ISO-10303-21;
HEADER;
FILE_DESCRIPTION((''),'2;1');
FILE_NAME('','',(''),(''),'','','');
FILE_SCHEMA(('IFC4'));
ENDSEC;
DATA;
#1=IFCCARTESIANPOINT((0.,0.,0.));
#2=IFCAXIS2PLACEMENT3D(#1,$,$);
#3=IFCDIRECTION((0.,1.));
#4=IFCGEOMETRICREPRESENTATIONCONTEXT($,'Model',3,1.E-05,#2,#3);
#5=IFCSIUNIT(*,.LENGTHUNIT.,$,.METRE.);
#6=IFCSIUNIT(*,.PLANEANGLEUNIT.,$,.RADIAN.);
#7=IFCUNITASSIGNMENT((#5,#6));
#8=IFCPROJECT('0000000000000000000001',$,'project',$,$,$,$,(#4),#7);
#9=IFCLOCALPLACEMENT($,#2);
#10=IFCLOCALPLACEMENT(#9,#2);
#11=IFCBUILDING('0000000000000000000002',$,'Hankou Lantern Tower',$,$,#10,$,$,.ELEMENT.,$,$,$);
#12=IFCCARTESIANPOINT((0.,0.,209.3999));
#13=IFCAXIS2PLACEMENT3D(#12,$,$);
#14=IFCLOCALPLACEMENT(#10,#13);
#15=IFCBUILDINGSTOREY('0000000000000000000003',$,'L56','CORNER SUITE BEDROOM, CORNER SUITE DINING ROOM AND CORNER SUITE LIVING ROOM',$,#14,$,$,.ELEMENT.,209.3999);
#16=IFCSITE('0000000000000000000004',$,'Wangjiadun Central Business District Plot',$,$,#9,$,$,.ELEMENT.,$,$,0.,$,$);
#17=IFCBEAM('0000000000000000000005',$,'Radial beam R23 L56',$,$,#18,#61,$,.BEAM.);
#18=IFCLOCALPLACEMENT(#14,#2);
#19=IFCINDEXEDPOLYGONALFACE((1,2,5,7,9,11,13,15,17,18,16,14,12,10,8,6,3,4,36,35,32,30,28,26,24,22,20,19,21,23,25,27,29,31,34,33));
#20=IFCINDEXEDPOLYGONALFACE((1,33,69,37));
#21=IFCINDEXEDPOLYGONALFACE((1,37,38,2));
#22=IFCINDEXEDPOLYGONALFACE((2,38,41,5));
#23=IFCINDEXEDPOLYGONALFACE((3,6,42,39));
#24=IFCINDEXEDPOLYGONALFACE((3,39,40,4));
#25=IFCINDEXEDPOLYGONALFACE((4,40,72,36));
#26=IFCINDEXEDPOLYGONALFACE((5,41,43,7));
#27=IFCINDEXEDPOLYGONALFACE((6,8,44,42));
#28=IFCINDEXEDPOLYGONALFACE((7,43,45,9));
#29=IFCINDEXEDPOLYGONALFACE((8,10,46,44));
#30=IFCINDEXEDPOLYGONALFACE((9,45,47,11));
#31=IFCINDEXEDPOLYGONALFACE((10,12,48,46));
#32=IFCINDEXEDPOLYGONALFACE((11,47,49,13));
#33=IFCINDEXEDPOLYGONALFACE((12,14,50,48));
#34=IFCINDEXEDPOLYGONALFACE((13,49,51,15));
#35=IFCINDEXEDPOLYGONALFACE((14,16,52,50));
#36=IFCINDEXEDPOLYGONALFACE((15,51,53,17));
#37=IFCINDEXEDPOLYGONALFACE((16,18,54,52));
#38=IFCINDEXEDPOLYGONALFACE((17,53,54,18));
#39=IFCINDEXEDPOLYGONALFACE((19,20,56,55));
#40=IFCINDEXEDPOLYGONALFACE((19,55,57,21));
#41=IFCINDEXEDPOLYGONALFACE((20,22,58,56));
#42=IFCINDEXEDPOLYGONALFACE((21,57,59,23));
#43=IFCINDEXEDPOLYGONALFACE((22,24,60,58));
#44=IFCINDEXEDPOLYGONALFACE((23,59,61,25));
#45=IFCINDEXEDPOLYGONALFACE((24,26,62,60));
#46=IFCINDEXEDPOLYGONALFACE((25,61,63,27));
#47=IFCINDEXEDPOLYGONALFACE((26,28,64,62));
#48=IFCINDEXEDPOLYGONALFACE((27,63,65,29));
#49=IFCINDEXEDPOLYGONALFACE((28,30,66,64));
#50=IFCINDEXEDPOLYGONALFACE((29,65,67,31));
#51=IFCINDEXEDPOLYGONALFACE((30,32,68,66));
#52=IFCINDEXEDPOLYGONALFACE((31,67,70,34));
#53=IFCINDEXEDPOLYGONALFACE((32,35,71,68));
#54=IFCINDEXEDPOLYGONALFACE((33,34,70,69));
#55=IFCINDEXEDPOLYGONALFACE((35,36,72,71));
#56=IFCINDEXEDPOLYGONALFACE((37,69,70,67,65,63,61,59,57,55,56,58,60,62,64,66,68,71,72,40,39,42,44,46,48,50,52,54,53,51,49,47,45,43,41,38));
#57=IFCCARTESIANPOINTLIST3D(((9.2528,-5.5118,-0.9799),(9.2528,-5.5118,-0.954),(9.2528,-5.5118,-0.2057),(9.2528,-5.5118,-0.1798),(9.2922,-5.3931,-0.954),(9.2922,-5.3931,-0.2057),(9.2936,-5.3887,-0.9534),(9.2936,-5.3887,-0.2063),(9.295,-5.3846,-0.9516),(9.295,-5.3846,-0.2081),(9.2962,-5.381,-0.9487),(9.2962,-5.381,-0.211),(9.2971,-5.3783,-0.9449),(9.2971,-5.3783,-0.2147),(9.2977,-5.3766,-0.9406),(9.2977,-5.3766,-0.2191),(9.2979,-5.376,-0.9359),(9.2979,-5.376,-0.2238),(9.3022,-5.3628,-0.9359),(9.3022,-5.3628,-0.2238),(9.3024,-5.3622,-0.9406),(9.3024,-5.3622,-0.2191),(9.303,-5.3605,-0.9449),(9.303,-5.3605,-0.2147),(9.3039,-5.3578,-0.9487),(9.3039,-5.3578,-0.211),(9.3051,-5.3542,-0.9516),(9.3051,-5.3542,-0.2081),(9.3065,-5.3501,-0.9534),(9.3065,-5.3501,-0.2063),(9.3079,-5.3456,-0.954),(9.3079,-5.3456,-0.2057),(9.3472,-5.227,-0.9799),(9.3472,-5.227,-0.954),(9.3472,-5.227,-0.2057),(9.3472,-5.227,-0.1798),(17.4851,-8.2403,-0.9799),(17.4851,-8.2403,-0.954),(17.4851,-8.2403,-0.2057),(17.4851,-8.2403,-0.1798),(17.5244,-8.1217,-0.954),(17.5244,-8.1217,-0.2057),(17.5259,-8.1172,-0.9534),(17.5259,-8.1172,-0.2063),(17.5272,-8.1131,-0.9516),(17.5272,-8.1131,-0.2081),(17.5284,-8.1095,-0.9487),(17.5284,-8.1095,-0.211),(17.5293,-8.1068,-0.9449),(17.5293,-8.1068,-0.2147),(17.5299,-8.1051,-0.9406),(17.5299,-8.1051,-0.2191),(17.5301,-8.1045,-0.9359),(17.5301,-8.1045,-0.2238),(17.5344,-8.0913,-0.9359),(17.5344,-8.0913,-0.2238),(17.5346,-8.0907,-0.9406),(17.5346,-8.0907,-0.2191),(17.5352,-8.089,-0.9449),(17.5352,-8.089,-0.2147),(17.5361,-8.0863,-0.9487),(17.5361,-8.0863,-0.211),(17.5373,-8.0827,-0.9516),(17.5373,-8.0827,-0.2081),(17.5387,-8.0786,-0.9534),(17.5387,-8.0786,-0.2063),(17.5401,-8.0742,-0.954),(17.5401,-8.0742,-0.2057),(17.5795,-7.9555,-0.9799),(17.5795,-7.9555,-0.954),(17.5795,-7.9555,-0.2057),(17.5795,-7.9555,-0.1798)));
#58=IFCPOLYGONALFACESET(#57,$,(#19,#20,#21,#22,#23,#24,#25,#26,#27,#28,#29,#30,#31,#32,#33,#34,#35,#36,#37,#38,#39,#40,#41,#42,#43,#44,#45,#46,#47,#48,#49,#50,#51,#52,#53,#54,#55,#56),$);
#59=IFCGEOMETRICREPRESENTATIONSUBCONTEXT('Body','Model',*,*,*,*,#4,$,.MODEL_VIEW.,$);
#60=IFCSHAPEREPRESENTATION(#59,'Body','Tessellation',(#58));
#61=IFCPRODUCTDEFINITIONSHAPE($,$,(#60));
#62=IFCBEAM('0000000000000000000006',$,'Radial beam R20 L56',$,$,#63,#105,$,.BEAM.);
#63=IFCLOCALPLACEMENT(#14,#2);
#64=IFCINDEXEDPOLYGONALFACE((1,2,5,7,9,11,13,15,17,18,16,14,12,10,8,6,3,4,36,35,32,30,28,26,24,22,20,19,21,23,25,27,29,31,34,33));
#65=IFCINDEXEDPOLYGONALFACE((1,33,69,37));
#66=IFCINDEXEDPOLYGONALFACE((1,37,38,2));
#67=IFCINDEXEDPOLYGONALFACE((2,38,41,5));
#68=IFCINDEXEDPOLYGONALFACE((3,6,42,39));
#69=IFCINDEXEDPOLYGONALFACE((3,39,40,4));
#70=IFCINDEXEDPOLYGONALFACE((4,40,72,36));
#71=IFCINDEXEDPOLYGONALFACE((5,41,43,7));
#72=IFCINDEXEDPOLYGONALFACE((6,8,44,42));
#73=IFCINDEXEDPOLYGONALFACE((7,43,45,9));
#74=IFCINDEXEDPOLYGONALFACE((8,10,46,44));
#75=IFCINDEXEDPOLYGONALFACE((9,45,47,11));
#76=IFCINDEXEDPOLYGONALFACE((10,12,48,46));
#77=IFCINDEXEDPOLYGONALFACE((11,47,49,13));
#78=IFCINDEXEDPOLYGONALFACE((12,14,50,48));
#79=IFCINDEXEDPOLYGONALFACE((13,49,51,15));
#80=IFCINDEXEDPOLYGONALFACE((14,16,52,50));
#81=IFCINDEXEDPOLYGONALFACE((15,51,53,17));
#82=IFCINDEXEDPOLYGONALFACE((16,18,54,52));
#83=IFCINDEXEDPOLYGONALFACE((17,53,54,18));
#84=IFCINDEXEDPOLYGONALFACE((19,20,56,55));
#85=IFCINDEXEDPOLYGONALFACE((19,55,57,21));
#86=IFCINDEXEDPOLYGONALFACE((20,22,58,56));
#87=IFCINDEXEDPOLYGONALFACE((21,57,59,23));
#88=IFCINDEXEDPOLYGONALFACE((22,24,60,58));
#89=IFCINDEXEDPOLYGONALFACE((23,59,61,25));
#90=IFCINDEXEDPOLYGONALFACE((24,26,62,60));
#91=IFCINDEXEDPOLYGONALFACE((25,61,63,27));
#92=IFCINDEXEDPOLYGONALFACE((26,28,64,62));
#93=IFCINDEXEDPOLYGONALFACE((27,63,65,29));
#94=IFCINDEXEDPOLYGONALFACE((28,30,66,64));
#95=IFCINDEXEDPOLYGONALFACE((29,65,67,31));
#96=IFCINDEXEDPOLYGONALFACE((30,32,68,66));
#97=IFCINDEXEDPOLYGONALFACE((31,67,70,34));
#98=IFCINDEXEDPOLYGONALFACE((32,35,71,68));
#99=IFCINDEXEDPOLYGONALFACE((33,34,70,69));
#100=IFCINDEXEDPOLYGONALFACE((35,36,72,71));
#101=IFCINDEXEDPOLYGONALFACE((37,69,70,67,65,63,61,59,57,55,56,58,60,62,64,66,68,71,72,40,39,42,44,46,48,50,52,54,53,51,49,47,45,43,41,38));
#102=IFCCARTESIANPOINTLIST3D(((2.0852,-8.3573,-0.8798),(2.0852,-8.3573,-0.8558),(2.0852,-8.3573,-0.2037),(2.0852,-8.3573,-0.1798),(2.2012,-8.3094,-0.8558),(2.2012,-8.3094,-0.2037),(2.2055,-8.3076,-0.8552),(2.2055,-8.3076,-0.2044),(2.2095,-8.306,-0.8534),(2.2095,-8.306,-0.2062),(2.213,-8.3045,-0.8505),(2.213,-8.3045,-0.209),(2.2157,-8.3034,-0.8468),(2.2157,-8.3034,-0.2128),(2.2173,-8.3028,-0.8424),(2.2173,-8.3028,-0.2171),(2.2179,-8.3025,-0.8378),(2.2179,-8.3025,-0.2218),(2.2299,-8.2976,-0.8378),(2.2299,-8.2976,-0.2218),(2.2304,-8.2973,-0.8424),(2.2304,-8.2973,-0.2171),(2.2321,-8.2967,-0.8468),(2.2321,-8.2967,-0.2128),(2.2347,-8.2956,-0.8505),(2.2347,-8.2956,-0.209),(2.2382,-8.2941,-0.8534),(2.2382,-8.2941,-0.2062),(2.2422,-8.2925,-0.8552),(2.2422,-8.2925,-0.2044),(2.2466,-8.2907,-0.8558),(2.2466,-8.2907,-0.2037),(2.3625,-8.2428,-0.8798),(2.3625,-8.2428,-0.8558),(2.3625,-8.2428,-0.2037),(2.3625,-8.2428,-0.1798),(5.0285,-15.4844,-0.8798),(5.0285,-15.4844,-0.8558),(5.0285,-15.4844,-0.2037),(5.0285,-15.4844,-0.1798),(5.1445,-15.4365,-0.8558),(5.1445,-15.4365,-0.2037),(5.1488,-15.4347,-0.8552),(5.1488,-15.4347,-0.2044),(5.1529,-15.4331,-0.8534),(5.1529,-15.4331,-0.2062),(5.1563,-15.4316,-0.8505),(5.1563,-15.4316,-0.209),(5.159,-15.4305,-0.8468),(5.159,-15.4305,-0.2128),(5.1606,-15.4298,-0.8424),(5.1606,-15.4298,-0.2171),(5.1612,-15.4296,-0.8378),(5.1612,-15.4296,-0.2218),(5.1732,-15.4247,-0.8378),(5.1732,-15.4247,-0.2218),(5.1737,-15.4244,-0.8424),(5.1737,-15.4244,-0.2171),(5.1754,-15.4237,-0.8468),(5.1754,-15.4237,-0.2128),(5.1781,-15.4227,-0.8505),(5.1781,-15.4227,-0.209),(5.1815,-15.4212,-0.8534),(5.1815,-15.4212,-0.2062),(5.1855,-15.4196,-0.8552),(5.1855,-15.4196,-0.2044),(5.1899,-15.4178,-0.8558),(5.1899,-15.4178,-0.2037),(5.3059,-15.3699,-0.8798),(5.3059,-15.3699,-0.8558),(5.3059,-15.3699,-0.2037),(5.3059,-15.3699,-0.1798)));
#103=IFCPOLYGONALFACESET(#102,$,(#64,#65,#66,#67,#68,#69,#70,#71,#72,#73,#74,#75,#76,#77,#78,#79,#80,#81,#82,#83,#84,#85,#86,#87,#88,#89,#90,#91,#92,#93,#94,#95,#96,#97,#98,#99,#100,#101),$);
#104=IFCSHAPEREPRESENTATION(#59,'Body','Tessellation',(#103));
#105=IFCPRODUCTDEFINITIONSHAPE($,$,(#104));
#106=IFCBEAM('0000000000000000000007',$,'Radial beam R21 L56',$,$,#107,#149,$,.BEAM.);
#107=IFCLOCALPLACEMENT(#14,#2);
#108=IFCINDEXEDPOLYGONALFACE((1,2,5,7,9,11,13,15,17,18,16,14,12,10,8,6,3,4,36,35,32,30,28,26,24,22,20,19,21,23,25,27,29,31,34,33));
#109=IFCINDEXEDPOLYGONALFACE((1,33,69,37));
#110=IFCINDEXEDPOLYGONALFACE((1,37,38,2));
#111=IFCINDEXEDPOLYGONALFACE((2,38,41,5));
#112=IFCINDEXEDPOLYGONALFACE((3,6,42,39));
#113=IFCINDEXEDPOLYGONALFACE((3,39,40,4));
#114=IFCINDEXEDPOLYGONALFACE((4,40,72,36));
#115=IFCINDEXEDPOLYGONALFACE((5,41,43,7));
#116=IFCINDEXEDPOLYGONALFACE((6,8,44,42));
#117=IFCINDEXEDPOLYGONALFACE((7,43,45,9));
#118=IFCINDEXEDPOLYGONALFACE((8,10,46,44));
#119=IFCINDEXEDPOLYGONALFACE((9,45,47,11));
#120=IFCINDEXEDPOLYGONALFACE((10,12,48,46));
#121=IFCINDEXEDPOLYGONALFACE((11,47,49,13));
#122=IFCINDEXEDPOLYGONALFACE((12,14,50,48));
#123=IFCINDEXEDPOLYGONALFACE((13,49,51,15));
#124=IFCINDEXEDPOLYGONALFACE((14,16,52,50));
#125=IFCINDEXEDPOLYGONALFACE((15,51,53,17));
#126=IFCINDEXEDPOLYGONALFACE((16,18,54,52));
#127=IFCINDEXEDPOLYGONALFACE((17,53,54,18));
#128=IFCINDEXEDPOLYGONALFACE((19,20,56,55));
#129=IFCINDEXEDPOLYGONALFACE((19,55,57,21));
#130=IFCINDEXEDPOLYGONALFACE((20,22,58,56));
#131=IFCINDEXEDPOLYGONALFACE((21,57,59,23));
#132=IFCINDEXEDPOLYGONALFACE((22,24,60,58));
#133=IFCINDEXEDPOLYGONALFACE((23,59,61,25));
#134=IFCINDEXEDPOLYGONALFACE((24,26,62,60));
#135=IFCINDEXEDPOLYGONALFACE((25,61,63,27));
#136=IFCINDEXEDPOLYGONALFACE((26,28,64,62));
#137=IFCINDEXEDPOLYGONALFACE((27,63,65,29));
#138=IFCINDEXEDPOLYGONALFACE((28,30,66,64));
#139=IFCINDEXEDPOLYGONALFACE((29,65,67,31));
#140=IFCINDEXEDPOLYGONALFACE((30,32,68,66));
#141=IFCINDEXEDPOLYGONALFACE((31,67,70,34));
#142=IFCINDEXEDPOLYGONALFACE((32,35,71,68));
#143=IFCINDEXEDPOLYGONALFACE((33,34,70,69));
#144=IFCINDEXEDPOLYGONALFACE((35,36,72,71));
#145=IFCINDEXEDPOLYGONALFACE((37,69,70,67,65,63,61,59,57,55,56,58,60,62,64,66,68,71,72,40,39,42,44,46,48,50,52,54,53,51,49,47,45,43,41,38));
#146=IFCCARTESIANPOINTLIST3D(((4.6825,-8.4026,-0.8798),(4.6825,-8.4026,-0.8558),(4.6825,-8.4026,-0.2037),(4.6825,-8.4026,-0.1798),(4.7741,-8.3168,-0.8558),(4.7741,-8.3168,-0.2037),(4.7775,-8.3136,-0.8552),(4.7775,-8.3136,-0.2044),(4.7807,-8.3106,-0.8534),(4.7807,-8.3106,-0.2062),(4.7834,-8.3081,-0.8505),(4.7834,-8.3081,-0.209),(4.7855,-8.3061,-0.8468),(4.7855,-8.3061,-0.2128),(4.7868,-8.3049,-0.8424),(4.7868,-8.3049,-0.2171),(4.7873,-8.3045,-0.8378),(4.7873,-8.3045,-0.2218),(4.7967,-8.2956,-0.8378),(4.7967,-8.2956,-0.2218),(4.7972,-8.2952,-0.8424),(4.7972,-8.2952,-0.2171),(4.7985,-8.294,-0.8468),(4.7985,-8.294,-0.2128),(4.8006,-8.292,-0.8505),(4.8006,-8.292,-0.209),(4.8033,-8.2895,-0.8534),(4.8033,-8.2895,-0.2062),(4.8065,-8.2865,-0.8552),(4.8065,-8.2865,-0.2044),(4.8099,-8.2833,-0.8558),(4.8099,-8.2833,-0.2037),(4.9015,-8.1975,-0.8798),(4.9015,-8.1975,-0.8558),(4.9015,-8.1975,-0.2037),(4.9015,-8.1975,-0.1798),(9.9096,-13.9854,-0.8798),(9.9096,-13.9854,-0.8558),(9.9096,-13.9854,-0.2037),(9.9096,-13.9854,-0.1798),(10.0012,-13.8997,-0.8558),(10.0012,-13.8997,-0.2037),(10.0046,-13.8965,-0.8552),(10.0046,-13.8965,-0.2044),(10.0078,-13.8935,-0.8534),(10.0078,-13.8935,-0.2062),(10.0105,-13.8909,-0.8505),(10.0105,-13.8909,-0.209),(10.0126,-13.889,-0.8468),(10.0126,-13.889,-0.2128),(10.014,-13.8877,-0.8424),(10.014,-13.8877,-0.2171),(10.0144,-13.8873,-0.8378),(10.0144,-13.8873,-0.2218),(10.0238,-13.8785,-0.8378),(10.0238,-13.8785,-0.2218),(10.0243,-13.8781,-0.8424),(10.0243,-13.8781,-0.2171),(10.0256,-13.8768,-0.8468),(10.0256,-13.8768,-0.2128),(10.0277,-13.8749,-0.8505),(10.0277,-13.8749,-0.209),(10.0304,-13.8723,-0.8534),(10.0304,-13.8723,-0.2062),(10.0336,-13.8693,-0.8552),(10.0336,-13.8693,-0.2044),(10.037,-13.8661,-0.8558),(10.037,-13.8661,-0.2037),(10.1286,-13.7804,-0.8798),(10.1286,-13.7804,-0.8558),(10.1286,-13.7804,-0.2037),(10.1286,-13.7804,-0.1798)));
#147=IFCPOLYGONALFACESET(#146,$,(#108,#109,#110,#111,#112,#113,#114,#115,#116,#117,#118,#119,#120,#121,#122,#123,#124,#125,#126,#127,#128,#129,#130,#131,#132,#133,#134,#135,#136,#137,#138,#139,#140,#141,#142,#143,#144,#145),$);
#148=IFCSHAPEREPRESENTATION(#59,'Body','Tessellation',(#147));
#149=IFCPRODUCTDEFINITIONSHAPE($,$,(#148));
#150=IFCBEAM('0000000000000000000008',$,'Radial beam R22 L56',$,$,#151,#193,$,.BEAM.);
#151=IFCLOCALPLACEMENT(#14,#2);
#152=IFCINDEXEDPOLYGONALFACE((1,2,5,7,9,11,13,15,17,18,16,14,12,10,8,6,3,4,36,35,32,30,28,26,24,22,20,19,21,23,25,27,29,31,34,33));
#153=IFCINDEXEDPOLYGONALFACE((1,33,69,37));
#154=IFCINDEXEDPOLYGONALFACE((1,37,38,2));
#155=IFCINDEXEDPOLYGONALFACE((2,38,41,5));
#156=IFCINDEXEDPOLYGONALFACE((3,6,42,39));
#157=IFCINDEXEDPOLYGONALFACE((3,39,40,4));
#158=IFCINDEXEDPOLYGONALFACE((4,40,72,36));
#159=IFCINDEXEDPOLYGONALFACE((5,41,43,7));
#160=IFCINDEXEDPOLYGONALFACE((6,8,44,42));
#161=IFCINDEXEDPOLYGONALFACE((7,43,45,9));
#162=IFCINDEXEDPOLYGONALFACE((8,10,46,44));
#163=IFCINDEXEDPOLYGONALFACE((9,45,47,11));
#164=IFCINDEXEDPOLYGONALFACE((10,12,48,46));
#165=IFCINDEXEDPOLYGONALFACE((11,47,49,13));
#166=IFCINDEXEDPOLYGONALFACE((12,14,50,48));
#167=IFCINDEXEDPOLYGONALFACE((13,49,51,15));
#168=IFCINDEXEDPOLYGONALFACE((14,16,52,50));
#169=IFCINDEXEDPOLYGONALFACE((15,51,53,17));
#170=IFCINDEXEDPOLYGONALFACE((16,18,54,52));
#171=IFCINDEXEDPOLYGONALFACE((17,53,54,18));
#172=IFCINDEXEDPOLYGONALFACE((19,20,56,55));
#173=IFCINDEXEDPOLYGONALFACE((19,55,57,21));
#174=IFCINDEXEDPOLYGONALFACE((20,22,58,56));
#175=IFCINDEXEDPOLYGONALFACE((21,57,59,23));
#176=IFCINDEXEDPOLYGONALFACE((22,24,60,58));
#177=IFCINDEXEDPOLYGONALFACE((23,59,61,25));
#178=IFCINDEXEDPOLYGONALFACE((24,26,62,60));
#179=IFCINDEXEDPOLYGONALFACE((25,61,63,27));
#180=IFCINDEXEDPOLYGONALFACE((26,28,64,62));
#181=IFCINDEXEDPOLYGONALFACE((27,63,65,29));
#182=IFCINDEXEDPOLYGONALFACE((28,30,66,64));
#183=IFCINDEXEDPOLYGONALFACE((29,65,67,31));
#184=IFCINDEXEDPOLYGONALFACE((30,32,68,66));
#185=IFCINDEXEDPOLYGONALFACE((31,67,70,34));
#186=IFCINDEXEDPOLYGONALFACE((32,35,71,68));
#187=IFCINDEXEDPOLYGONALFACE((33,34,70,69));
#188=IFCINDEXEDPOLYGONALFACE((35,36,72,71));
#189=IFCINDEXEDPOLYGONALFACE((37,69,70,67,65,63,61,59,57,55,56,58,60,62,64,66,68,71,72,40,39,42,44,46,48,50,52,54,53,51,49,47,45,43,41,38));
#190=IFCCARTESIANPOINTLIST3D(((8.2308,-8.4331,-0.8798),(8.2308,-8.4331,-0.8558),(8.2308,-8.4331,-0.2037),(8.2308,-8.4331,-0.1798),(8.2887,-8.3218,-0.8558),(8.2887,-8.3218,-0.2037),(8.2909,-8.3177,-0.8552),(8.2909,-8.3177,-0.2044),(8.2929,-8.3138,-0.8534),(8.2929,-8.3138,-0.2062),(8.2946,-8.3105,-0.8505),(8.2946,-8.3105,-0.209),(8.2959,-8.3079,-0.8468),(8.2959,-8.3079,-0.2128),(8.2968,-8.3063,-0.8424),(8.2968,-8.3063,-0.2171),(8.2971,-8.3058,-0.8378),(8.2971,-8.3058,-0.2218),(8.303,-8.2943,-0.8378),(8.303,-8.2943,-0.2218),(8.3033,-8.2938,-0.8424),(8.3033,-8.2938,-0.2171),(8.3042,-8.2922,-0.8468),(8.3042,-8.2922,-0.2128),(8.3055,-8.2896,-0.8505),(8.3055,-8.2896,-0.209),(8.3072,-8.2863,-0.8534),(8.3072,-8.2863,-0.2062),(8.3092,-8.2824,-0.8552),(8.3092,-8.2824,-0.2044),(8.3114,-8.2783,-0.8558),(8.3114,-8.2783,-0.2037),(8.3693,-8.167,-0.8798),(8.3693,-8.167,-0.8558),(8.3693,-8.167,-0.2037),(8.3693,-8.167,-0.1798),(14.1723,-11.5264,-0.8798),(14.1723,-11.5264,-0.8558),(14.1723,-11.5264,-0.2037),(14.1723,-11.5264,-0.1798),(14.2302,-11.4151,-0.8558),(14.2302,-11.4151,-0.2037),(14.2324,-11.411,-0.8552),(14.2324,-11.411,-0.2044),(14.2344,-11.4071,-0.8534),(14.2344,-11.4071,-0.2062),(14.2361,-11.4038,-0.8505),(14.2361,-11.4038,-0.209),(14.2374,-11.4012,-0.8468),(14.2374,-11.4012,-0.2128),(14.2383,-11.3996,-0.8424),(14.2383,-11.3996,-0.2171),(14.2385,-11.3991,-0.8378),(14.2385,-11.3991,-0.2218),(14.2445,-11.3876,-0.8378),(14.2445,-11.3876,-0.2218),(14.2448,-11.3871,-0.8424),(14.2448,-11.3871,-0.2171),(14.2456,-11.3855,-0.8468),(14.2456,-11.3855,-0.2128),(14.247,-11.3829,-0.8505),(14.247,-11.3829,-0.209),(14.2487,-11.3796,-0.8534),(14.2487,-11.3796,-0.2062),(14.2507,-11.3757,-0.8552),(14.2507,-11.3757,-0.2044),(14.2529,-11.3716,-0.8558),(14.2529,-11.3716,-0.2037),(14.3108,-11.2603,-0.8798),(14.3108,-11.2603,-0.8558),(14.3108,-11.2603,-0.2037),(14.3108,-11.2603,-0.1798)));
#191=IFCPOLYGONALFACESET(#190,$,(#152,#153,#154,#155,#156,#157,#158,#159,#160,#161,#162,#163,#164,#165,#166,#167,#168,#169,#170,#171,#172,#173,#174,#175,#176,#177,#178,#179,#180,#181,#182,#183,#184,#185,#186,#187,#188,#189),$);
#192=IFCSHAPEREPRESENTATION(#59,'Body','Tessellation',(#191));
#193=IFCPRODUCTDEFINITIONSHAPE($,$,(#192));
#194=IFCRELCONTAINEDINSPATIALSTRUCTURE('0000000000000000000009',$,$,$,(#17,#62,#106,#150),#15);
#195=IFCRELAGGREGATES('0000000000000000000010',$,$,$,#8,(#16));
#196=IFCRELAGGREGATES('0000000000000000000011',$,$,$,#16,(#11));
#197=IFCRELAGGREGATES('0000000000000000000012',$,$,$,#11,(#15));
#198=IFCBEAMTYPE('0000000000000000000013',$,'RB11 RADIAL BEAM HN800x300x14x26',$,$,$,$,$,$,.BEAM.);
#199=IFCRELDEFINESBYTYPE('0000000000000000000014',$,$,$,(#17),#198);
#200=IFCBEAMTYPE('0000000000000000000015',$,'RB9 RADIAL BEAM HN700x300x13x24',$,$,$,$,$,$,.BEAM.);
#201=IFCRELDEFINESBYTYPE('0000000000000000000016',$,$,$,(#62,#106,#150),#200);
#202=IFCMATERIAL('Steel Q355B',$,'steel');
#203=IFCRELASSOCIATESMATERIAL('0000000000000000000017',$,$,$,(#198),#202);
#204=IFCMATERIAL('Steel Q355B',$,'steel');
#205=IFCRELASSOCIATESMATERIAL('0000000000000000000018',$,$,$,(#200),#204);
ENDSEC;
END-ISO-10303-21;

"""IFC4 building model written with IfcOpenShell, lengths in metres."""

from ifc_helpers import new_model, si_unit, direction, frame, origin, origin_2d, place, context, subcontext, project, spatial, i_section, extrude, material, material_profile, profile_set, type_object, element, save


model = new_model("IFC4")

# Units and contexts
model_context = context("Model", 3, precision=1e-05, world=origin(), true_north=direction((0.0, 1.0)))
body_context = subcontext(model_context, "Body", "Model", "MODEL_VIEW")
ifc_project = project(units=[si_unit("LENGTHUNIT", "METRE"), si_unit("PLANEANGLEUNIT", "RADIAN")], contexts=[model_context])

# Site, building, storey
site_placement = place(None, origin())
site = spatial("IfcSite", under=ifc_project, at=site_placement, Name="Wangjiadun Central Business District Plot", CompositionType="ELEMENT", RefElevation=0.0)
building_placement = place(site_placement, origin())
building = spatial("IfcBuilding", under=site, at=building_placement, Name="Hankou Lantern Tower", CompositionType="ELEMENT")
storey_placement = place(building_placement, frame((0.0, 0.0, 209.3999)))
storey = spatial("IfcBuildingStorey", under=building, at=storey_placement, Name="L56", Description="CORNER SUITE BEDROOM, CORNER SUITE DINING ROOM AND CORNER SUITE LIVING ROOM", CompositionType="ELEMENT", Elevation=209.3999)

# Beams
ifc_material_1 = material(Name="Steel Q355B", Category="steel")
ifc_material_profile_1 = material_profile(ifc_material_1, i_section(OverallWidth=0.3, OverallDepth=0.8, WebThickness=0.0139, FlangeThickness=0.0259, FilletRadius=0.0181, at=origin_2d()), Name="HN800x300x14x26")
ifc_profile_set_1 = profile_set([ifc_material_profile_1], Name="Steel Q355B")
beam_type_1 = type_object("IfcBeamType", Name="RB11 RADIAL BEAM HN800x300x14x26", PredefinedType="BEAM", material=ifc_profile_set_1)
beam_1_placement = place(storey_placement, frame((9.3, -5.3694, -0.5798), z_axis=(0.94922, -0.314614, 0.0), x_axis=(0.314614, 0.94922, 0.0)))
element("IfcBeam", 1, at=beam_1_placement, inside=storey, type_object=beam_type_1, Name="Radial beam R23 L56", PredefinedType="BEAM", context=body_context, shape_type="SweptSolid", body=[
    extrude(i_section(OverallWidth=0.3, OverallDepth=0.8, WebThickness=0.0139, FlangeThickness=0.0259, FilletRadius=0.0181, at=origin_2d()), origin(), (0.0, 0.0, 1.0), 8.6726),
])
ifc_material_2 = material(Name="Steel Q355B", Category="steel")
ifc_material_profile_2 = material_profile(ifc_material_2, i_section(OverallWidth=0.3, OverallDepth=0.7, WebThickness=0.0129, FlangeThickness=0.0239, FilletRadius=0.0181, at=origin_2d()), Name="HN700x300x13x24")
ifc_profile_set_2 = profile_set([ifc_material_profile_2], Name="Steel Q355B")
beam_type_2 = type_object("IfcBeamType", Name="RB9 RADIAL BEAM HN700x300x13x24", PredefinedType="BEAM", material=ifc_profile_set_2)
beam_2_placement = place(storey_placement, frame((2.2239, -8.3, -0.5298), z_axis=(0.381707, -0.924284, 0.0), x_axis=(0.924284, 0.381707, 0.0)))
element("IfcBeam", 2, at=beam_2_placement, inside=storey, type_object=beam_type_2, Name="Radial beam R20 L56", PredefinedType="BEAM", context=body_context, shape_type="SweptSolid", body=[
    extrude(i_section(OverallWidth=0.3, OverallDepth=0.7, WebThickness=0.0129, FlangeThickness=0.0239, FilletRadius=0.0181, at=origin_2d()), origin(), (0.0, 0.0, 1.0), 7.7109),
])
beam_3_placement = place(storey_placement, frame((4.792, -8.3, -0.5298), z_axis=(0.683468, -0.72998, 0.0), x_axis=(0.72998, 0.683468, 0.0)))
element("IfcBeam", 3, at=beam_3_placement, inside=storey, type_object=beam_type_2, Name="Radial beam R21 L56", PredefinedType="BEAM", context=body_context, shape_type="SweptSolid", body=[
    extrude(i_section(OverallWidth=0.3, OverallDepth=0.7, WebThickness=0.0129, FlangeThickness=0.0239, FilletRadius=0.0181, at=origin_2d()), origin(), (0.0, 0.0, 1.0), 7.6479),
])
beam_4_placement = place(storey_placement, frame((8.3, -8.3, -0.5298), z_axis=(0.886989, -0.461791, 0.0), x_axis=(0.461791, 0.886989, 0.0)))
element("IfcBeam", 4, at=beam_4_placement, inside=storey, type_object=beam_type_2, Name="Radial beam R22 L56", PredefinedType="BEAM", context=body_context, shape_type="SweptSolid", body=[
    extrude(i_section(OverallWidth=0.3, OverallDepth=0.7, WebThickness=0.0129, FlangeThickness=0.0239, FilletRadius=0.0181, at=origin_2d()), origin(), (0.0, 0.0, 1.0), 6.6985),
])

save(model, "model.ifc")
